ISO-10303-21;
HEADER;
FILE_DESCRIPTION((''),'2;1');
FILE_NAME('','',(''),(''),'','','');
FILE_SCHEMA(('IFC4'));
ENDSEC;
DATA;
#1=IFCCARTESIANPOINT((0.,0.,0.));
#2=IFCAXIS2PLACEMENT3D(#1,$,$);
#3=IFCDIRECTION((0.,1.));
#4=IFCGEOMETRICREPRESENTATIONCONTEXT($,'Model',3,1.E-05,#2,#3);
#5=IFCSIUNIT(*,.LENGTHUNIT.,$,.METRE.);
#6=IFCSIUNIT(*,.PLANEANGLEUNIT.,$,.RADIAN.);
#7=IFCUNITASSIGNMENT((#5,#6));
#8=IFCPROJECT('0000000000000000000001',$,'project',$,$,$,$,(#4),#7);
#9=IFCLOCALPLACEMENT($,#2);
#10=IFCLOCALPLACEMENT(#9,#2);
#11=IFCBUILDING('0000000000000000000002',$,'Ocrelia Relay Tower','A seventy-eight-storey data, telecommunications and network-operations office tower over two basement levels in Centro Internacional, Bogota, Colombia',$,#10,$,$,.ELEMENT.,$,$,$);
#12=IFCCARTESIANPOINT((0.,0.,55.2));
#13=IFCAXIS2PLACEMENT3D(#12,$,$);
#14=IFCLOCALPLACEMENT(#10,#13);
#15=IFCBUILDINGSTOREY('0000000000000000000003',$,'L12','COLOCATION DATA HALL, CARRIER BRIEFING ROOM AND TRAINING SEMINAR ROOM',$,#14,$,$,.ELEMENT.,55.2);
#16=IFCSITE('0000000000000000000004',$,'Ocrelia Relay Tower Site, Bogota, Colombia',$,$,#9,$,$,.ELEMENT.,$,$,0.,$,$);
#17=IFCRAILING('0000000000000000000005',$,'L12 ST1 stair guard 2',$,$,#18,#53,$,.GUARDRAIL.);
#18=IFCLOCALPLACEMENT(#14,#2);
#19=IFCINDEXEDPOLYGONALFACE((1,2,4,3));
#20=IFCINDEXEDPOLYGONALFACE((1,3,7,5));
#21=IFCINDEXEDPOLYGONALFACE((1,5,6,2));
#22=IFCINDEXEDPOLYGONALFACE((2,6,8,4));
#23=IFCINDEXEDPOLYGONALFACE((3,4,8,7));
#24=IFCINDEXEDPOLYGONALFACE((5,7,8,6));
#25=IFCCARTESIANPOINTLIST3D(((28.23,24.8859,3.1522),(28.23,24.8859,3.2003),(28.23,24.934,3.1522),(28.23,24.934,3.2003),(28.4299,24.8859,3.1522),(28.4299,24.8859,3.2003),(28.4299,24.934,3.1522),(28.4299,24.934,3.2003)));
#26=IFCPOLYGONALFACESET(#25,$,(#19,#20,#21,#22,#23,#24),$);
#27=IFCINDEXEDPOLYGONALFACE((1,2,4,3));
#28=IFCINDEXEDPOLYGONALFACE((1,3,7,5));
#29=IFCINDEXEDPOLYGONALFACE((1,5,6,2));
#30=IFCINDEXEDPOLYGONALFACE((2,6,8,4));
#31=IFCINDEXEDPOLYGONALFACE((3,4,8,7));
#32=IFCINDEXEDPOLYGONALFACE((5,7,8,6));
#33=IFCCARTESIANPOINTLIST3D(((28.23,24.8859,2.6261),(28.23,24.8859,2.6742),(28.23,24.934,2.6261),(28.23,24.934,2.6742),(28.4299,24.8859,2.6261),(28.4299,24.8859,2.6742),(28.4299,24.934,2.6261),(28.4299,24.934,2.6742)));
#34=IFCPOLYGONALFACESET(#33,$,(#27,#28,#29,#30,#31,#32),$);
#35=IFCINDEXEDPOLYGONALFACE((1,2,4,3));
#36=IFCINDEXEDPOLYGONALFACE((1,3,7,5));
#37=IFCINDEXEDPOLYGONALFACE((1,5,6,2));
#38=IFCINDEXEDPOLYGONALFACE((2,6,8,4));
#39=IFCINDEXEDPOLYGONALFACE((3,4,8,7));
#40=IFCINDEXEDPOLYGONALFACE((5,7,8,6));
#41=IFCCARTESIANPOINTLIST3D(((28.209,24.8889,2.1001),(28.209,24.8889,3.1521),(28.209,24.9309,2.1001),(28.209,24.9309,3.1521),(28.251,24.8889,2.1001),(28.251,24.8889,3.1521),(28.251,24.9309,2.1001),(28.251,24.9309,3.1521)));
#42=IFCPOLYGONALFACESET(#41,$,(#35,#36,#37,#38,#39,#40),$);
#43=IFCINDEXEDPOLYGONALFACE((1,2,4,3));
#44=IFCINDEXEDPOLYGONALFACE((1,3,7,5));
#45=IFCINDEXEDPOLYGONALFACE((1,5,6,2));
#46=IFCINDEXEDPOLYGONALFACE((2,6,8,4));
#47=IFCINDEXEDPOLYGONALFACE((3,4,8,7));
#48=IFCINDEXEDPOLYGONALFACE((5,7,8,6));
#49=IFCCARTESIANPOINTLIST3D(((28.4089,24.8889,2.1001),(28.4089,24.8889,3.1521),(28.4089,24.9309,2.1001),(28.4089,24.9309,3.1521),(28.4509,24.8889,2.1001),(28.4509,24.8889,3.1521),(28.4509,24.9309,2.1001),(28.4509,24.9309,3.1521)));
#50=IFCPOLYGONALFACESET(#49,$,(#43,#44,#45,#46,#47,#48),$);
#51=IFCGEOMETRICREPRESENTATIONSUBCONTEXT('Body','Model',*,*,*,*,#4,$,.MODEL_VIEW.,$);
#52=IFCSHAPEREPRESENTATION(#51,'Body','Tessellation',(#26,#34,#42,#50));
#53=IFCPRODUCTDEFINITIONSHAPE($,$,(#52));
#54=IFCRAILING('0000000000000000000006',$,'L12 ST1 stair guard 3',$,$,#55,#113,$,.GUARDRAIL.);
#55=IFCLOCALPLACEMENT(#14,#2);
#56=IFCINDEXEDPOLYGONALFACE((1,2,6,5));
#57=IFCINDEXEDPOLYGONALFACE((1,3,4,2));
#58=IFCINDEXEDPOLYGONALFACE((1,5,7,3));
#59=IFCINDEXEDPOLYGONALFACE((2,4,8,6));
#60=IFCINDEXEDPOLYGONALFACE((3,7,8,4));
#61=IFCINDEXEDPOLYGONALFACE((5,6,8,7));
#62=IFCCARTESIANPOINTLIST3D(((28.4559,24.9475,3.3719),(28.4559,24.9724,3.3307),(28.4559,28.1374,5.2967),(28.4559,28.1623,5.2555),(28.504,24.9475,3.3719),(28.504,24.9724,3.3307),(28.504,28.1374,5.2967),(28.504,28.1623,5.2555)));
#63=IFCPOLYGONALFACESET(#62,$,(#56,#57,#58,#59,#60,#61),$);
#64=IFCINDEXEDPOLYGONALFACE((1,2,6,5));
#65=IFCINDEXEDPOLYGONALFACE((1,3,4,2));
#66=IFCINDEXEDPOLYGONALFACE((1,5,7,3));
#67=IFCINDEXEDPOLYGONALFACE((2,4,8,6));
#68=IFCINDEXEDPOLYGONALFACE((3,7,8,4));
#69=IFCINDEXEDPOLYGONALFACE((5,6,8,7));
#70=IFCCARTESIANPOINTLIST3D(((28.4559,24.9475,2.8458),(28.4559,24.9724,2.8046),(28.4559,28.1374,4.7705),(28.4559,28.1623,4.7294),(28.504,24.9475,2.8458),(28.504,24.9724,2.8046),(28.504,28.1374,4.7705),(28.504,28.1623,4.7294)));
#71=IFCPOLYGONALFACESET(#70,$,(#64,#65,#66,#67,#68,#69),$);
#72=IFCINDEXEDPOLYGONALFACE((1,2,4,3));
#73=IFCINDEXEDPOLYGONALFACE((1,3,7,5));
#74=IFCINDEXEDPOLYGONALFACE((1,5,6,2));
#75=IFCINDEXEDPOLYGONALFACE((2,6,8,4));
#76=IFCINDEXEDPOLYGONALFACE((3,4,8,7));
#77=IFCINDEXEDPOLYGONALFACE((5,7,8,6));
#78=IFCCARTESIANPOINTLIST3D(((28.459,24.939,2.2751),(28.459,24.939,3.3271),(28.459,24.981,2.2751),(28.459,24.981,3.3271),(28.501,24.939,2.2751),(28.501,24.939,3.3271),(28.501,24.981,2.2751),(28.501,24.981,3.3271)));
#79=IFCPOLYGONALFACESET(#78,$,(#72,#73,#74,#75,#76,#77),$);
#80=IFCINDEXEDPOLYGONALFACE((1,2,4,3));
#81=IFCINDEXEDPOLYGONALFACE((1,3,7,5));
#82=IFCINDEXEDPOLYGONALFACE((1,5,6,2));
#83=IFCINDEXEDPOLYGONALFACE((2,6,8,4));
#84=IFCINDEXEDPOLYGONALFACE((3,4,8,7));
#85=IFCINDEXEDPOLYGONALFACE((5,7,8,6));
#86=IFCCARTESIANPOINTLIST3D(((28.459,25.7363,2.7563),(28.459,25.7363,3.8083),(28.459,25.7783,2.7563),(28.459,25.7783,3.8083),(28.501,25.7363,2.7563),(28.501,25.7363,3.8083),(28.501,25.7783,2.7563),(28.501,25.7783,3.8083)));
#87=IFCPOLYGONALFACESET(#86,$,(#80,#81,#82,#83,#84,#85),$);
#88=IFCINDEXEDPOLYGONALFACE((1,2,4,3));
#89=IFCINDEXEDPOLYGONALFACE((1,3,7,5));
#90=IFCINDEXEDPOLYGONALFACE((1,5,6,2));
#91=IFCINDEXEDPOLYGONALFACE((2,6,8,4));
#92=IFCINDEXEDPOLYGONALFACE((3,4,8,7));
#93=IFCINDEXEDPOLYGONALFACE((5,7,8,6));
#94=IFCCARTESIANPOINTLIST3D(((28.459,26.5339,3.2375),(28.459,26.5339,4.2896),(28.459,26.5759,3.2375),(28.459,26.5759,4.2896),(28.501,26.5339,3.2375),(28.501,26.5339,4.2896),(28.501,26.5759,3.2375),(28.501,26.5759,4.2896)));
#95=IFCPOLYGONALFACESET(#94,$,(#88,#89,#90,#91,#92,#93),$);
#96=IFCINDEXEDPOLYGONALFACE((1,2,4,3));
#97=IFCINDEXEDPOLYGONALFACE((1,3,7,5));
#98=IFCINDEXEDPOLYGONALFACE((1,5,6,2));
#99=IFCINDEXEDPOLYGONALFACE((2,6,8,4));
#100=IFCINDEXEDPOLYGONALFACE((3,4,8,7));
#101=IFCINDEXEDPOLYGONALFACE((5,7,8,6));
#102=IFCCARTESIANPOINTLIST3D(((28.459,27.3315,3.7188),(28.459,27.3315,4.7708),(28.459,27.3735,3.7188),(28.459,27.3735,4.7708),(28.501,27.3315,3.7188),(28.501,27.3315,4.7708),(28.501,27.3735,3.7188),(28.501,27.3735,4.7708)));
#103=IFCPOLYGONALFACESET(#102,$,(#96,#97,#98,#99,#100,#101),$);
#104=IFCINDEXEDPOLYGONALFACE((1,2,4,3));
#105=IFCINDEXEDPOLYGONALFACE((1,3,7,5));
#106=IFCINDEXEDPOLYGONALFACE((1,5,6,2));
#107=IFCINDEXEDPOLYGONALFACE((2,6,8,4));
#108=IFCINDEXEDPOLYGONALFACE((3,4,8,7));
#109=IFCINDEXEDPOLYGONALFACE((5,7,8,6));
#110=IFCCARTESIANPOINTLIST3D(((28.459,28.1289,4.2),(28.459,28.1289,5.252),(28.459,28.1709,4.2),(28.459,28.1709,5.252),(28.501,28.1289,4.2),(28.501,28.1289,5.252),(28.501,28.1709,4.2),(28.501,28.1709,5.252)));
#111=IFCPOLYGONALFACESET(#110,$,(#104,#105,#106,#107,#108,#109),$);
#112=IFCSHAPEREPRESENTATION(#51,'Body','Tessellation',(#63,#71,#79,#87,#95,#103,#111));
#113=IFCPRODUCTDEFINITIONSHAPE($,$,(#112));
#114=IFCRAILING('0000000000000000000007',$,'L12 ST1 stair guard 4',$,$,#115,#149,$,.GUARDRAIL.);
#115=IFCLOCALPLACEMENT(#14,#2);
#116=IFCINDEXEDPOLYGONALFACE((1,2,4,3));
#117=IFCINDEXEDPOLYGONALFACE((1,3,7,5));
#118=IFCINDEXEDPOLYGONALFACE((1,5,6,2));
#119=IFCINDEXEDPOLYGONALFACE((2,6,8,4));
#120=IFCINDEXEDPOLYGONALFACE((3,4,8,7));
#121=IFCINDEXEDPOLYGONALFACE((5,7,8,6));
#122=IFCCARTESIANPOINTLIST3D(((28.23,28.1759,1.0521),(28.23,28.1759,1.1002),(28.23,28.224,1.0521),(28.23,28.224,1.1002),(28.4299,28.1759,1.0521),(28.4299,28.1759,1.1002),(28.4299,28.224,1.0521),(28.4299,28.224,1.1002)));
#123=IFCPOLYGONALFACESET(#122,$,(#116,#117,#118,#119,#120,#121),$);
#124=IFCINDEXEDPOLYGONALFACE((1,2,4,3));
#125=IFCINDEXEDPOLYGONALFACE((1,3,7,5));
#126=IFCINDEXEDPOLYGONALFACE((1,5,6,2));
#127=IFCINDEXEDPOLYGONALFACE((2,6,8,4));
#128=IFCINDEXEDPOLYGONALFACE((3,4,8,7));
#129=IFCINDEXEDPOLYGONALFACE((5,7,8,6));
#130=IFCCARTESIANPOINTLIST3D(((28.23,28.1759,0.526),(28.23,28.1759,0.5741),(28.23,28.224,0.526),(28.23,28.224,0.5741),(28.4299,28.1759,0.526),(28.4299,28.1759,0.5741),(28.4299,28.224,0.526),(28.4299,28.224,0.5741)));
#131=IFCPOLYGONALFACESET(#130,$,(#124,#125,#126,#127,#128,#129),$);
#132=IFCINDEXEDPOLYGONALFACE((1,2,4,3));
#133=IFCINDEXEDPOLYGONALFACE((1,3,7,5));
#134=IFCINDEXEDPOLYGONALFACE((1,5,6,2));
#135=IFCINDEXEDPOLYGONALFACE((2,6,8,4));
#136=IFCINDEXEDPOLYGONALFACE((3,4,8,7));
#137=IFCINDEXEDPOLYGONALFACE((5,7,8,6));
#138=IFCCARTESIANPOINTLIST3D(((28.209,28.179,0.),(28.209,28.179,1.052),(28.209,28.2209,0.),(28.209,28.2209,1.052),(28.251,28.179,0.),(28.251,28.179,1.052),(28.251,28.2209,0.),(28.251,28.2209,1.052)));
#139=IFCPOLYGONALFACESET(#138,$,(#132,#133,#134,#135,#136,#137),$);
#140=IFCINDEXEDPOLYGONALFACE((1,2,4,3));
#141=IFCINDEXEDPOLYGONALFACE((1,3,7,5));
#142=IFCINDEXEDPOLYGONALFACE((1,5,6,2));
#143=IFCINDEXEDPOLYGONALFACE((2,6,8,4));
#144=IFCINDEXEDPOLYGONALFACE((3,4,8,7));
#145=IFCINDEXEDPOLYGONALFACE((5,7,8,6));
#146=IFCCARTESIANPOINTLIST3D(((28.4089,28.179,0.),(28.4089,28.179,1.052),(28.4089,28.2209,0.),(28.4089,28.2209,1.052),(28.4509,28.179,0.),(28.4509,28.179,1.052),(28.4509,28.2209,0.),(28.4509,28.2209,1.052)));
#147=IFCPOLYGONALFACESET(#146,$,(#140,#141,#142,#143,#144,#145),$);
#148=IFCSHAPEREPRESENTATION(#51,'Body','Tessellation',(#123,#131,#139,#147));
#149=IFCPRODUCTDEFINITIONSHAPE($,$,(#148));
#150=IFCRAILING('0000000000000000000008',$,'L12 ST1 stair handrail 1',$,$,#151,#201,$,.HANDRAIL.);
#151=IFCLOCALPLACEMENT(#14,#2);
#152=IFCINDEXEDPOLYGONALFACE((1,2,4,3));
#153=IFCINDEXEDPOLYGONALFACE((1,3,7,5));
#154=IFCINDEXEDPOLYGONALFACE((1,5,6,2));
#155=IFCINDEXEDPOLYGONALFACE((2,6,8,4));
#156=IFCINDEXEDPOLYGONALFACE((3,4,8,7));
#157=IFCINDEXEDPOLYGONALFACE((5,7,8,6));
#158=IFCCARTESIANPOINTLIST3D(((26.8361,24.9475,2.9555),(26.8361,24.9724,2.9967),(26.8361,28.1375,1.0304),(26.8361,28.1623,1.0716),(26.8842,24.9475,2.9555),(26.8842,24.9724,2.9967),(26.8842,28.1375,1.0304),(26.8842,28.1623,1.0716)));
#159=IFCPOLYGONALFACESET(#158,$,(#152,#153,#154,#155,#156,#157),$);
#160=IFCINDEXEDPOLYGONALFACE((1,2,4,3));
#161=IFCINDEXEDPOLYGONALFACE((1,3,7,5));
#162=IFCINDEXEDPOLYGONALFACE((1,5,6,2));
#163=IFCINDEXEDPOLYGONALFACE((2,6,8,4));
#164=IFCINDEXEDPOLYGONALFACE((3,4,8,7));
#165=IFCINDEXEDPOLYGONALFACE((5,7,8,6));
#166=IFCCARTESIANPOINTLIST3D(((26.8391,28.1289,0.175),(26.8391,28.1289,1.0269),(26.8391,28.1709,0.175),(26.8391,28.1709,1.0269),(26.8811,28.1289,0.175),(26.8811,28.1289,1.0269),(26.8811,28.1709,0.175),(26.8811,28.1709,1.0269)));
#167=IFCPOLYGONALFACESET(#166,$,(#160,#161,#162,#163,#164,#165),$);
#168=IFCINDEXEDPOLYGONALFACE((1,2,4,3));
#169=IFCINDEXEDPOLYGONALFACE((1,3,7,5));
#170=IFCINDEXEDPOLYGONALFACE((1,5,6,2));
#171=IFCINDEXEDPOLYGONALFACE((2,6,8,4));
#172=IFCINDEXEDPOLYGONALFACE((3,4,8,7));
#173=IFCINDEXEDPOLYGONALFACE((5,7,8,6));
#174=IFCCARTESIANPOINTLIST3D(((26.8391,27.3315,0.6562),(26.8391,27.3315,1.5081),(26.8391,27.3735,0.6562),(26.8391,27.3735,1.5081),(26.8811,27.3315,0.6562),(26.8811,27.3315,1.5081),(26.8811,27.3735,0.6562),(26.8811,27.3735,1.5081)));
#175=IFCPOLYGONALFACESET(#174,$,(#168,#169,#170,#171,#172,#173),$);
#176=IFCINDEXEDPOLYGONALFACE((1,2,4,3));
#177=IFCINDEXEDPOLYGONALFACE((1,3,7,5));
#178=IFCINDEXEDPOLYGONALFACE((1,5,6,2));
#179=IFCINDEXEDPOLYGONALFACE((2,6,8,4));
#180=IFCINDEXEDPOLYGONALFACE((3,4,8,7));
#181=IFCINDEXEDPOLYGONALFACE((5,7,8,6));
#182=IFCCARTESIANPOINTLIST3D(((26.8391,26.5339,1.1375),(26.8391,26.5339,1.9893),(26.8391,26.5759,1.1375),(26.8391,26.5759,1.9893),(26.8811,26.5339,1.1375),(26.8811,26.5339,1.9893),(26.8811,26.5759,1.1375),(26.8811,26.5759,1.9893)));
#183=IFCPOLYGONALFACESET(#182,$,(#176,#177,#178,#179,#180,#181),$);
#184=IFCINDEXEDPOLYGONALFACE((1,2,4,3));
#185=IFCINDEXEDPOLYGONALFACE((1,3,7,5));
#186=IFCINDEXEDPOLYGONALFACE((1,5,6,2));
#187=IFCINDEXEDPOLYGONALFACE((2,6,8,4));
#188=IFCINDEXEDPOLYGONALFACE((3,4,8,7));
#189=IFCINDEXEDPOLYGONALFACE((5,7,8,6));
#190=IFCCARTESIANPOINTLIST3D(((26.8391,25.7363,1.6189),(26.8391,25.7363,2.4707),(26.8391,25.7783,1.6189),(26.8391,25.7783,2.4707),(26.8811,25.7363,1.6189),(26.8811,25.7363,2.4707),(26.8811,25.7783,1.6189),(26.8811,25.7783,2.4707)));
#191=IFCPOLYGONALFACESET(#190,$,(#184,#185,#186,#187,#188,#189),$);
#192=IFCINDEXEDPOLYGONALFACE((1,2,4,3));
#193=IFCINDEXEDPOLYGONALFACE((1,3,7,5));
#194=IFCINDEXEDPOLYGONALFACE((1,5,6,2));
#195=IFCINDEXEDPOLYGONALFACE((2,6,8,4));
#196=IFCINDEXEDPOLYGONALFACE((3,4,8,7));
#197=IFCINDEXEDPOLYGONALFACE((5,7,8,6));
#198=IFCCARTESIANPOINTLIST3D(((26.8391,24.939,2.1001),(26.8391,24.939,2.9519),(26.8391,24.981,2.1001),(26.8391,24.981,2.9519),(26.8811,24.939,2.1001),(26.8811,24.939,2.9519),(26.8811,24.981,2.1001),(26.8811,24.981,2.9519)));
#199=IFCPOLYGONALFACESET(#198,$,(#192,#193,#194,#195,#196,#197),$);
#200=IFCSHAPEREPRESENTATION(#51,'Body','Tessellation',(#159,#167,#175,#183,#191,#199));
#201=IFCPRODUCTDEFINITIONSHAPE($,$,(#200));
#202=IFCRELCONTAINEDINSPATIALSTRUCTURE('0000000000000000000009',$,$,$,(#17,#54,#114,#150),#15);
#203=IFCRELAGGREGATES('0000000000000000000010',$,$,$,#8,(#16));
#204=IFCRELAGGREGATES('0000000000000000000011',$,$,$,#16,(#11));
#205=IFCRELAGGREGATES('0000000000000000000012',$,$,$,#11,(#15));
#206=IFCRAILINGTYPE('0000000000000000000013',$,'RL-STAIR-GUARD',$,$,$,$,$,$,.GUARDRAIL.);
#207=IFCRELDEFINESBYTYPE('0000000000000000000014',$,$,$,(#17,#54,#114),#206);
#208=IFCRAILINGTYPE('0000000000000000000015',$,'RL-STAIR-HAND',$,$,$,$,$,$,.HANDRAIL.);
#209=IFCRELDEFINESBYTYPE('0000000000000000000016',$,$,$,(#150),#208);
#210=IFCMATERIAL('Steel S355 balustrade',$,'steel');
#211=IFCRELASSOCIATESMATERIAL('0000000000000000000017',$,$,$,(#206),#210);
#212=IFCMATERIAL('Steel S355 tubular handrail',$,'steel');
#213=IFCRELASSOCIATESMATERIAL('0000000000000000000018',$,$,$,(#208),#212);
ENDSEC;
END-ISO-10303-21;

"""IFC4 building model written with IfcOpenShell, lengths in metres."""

from ifc_helpers import new_model, si_unit, direction, frame, origin, origin_2d, place, context, subcontext, project, spatial, rectangle, extrude, material, type_object, element, save


model = new_model("IFC4")

# Units and contexts
model_context = context("Model", 3, precision=1e-05, world=origin(), true_north=direction((0.0, 1.0)))
body_context = subcontext(model_context, "Body", "Model", "MODEL_VIEW")
ifc_project = project(units=[si_unit("LENGTHUNIT", "METRE"), si_unit("PLANEANGLEUNIT", "RADIAN")], contexts=[model_context])

# Site, building, storey
site_placement = place(None, origin())
site = spatial("IfcSite", under=ifc_project, at=site_placement, Name="Ocrelia Relay Tower Site, Bogota, Colombia", CompositionType="ELEMENT", RefElevation=0.0)
building_placement = place(site_placement, origin())
building = spatial("IfcBuilding", under=site, at=building_placement, Name="Ocrelia Relay Tower", Description="A seventy-eight-storey data, telecommunications and network-operations office tower over two basement levels in Centro Internacional, Bogota, Colombia", CompositionType="ELEMENT")
storey_placement = place(building_placement, frame((0.0, 0.0, 55.2)))
storey = spatial("IfcBuildingStorey", under=building, at=storey_placement, Name="L12", Description="COLOCATION DATA HALL, CARRIER BRIEFING ROOM AND TRAINING SEMINAR ROOM", CompositionType="ELEMENT", Elevation=55.2)

# Railings
ifc_material_1 = material(Name="Steel S355 balustrade", Category="steel")
railing_type_1 = type_object("IfcRailingType", Name="RL-STAIR-GUARD", PredefinedType="GUARDRAIL", material=ifc_material_1)
railing_1_placement = place(storey_placement, frame((28.23, 24.9099, 2.1001)))
element("IfcRailing", 1, at=railing_1_placement, inside=storey, type_object=railing_type_1, Name="L12 ST1 stair guard 2", PredefinedType="GUARDRAIL", context=body_context, shape_type="SweptSolid", body=[
    extrude(rectangle(XDim=0.0481, YDim=0.0481, at=origin_2d()), frame((0.0, 0.0, 1.0762), z_axis=(1.0, 0.0, 0.0), x_axis=(0.0, 1.0, 0.0)), (0.0, 0.0, 1.0), 0.2),
    extrude(rectangle(XDim=0.0481, YDim=0.0481, at=origin_2d()), frame((0.0, 0.0, 0.55), z_axis=(1.0, 0.0, 0.0), x_axis=(0.0, 1.0, 0.0)), (0.0, 0.0, 1.0), 0.2),
    extrude(rectangle(XDim=0.042, YDim=0.042, at=origin_2d()), origin(), (0.0, 0.0, 1.0), 1.052),
    extrude(rectangle(XDim=0.042, YDim=0.042, at=origin_2d()), frame((0.2, 0.0, 0.0)), (0.0, 0.0, 1.0), 1.052),
])
railing_2_placement = place(storey_placement, frame((28.48, 24.96, 2.2751)))
element("IfcRailing", 2, at=railing_2_placement, inside=storey, type_object=railing_type_1, Name="L12 ST1 stair guard 3", PredefinedType="GUARDRAIL", context=body_context, shape_type="SweptSolid", body=[
    extrude(rectangle(XDim=0.0481, YDim=0.0481, at=origin_2d()), frame((0.0, 0.0, 1.0762), z_axis=(0.0, 0.856207, 0.516633), x_axis=(-1.0, 0.0, 0.0)), (0.0, 0.0, 1.0), 3.7256),
    extrude(rectangle(XDim=0.0481, YDim=0.0481, at=origin_2d()), frame((0.0, 0.0, 0.55), z_axis=(0.0, 0.856207, 0.516633), x_axis=(-1.0, 0.0, 0.0)), (0.0, 0.0, 1.0), 3.7256),
    extrude(rectangle(XDim=0.042, YDim=0.042, at=origin_2d()), origin(), (0.0, 0.0, 1.0), 1.052),
    extrude(rectangle(XDim=0.042, YDim=0.042, at=origin_2d()), frame((0.0, 0.7974, 0.4812)), (0.0, 0.0, 1.0), 1.052),
    extrude(rectangle(XDim=0.042, YDim=0.042, at=origin_2d()), frame((0.0, 1.595, 0.9624)), (0.0, 0.0, 1.0), 1.052),
    extrude(rectangle(XDim=0.042, YDim=0.042, at=origin_2d()), frame((0.0, 2.3926, 1.4436)), (0.0, 0.0, 1.0), 1.052),
    extrude(rectangle(XDim=0.042, YDim=0.042, at=origin_2d()), frame((0.0, 3.1899, 1.9248)), (0.0, 0.0, 1.0), 1.052),
])
railing_3_placement = place(storey_placement, frame((28.23, 28.2, 0.0)))
element("IfcRailing", 3, at=railing_3_placement, inside=storey, type_object=railing_type_1, Name="L12 ST1 stair guard 4", PredefinedType="GUARDRAIL", context=body_context, shape_type="SweptSolid", body=[
    extrude(rectangle(XDim=0.0481, YDim=0.0481, at=origin_2d()), frame((0.0, 0.0, 1.0762), z_axis=(1.0, 0.0, 0.0), x_axis=(0.0, 1.0, 0.0)), (0.0, 0.0, 1.0), 0.2),
    extrude(rectangle(XDim=0.0481, YDim=0.0481, at=origin_2d()), frame((0.0, 0.0, 0.55), z_axis=(1.0, 0.0, 0.0), x_axis=(0.0, 1.0, 0.0)), (0.0, 0.0, 1.0), 0.2),
    extrude(rectangle(XDim=0.042, YDim=0.042, at=origin_2d()), origin(), (0.0, 0.0, 1.0), 1.052),
    extrude(rectangle(XDim=0.042, YDim=0.042, at=origin_2d()), frame((0.2, 0.0, 0.0)), (0.0, 0.0, 1.0), 1.052),
])
ifc_material_2 = material(Name="Steel S355 tubular handrail", Category="steel")
railing_type_2 = type_object("IfcRailingType", Name="RL-STAIR-HAND", PredefinedType="HANDRAIL", material=ifc_material_2)
railing_4_placement = place(storey_placement, frame((26.8601, 28.1499, 0.175)))
element("IfcRailing", 4, at=railing_4_placement, inside=storey, type_object=railing_type_2, Name="L12 ST1 stair handrail 1", PredefinedType="HANDRAIL", context=body_context, shape_type="SweptSolid", body=[
    extrude(rectangle(XDim=0.0481, YDim=0.0481, at=origin_2d()), frame((0.0, 0.0, 0.876), z_axis=(0.0, -0.856178, 0.516682), x_axis=(1.0, 0.0, 0.0)), (0.0, 0.0, 1.0), 3.7258),
    extrude(rectangle(XDim=0.042, YDim=0.042, at=origin_2d()), origin(), (0.0, 0.0, 1.0), 0.8518),
    extrude(rectangle(XDim=0.042, YDim=0.042, at=origin_2d()), frame((0.0, -0.7974, 0.4812)), (0.0, 0.0, 1.0), 0.8518),
    extrude(rectangle(XDim=0.042, YDim=0.042, at=origin_2d()), frame((0.0, -1.595, 0.9624)), (0.0, 0.0, 1.0), 0.8518),
    extrude(rectangle(XDim=0.042, YDim=0.042, at=origin_2d()), frame((0.0, -2.3926, 1.4438)), (0.0, 0.0, 1.0), 0.8518),
    extrude(rectangle(XDim=0.042, YDim=0.042, at=origin_2d()), frame((0.0, -3.1899, 1.925)), (0.0, 0.0, 1.0), 0.8518),
])

save(model, "model.ifc")
